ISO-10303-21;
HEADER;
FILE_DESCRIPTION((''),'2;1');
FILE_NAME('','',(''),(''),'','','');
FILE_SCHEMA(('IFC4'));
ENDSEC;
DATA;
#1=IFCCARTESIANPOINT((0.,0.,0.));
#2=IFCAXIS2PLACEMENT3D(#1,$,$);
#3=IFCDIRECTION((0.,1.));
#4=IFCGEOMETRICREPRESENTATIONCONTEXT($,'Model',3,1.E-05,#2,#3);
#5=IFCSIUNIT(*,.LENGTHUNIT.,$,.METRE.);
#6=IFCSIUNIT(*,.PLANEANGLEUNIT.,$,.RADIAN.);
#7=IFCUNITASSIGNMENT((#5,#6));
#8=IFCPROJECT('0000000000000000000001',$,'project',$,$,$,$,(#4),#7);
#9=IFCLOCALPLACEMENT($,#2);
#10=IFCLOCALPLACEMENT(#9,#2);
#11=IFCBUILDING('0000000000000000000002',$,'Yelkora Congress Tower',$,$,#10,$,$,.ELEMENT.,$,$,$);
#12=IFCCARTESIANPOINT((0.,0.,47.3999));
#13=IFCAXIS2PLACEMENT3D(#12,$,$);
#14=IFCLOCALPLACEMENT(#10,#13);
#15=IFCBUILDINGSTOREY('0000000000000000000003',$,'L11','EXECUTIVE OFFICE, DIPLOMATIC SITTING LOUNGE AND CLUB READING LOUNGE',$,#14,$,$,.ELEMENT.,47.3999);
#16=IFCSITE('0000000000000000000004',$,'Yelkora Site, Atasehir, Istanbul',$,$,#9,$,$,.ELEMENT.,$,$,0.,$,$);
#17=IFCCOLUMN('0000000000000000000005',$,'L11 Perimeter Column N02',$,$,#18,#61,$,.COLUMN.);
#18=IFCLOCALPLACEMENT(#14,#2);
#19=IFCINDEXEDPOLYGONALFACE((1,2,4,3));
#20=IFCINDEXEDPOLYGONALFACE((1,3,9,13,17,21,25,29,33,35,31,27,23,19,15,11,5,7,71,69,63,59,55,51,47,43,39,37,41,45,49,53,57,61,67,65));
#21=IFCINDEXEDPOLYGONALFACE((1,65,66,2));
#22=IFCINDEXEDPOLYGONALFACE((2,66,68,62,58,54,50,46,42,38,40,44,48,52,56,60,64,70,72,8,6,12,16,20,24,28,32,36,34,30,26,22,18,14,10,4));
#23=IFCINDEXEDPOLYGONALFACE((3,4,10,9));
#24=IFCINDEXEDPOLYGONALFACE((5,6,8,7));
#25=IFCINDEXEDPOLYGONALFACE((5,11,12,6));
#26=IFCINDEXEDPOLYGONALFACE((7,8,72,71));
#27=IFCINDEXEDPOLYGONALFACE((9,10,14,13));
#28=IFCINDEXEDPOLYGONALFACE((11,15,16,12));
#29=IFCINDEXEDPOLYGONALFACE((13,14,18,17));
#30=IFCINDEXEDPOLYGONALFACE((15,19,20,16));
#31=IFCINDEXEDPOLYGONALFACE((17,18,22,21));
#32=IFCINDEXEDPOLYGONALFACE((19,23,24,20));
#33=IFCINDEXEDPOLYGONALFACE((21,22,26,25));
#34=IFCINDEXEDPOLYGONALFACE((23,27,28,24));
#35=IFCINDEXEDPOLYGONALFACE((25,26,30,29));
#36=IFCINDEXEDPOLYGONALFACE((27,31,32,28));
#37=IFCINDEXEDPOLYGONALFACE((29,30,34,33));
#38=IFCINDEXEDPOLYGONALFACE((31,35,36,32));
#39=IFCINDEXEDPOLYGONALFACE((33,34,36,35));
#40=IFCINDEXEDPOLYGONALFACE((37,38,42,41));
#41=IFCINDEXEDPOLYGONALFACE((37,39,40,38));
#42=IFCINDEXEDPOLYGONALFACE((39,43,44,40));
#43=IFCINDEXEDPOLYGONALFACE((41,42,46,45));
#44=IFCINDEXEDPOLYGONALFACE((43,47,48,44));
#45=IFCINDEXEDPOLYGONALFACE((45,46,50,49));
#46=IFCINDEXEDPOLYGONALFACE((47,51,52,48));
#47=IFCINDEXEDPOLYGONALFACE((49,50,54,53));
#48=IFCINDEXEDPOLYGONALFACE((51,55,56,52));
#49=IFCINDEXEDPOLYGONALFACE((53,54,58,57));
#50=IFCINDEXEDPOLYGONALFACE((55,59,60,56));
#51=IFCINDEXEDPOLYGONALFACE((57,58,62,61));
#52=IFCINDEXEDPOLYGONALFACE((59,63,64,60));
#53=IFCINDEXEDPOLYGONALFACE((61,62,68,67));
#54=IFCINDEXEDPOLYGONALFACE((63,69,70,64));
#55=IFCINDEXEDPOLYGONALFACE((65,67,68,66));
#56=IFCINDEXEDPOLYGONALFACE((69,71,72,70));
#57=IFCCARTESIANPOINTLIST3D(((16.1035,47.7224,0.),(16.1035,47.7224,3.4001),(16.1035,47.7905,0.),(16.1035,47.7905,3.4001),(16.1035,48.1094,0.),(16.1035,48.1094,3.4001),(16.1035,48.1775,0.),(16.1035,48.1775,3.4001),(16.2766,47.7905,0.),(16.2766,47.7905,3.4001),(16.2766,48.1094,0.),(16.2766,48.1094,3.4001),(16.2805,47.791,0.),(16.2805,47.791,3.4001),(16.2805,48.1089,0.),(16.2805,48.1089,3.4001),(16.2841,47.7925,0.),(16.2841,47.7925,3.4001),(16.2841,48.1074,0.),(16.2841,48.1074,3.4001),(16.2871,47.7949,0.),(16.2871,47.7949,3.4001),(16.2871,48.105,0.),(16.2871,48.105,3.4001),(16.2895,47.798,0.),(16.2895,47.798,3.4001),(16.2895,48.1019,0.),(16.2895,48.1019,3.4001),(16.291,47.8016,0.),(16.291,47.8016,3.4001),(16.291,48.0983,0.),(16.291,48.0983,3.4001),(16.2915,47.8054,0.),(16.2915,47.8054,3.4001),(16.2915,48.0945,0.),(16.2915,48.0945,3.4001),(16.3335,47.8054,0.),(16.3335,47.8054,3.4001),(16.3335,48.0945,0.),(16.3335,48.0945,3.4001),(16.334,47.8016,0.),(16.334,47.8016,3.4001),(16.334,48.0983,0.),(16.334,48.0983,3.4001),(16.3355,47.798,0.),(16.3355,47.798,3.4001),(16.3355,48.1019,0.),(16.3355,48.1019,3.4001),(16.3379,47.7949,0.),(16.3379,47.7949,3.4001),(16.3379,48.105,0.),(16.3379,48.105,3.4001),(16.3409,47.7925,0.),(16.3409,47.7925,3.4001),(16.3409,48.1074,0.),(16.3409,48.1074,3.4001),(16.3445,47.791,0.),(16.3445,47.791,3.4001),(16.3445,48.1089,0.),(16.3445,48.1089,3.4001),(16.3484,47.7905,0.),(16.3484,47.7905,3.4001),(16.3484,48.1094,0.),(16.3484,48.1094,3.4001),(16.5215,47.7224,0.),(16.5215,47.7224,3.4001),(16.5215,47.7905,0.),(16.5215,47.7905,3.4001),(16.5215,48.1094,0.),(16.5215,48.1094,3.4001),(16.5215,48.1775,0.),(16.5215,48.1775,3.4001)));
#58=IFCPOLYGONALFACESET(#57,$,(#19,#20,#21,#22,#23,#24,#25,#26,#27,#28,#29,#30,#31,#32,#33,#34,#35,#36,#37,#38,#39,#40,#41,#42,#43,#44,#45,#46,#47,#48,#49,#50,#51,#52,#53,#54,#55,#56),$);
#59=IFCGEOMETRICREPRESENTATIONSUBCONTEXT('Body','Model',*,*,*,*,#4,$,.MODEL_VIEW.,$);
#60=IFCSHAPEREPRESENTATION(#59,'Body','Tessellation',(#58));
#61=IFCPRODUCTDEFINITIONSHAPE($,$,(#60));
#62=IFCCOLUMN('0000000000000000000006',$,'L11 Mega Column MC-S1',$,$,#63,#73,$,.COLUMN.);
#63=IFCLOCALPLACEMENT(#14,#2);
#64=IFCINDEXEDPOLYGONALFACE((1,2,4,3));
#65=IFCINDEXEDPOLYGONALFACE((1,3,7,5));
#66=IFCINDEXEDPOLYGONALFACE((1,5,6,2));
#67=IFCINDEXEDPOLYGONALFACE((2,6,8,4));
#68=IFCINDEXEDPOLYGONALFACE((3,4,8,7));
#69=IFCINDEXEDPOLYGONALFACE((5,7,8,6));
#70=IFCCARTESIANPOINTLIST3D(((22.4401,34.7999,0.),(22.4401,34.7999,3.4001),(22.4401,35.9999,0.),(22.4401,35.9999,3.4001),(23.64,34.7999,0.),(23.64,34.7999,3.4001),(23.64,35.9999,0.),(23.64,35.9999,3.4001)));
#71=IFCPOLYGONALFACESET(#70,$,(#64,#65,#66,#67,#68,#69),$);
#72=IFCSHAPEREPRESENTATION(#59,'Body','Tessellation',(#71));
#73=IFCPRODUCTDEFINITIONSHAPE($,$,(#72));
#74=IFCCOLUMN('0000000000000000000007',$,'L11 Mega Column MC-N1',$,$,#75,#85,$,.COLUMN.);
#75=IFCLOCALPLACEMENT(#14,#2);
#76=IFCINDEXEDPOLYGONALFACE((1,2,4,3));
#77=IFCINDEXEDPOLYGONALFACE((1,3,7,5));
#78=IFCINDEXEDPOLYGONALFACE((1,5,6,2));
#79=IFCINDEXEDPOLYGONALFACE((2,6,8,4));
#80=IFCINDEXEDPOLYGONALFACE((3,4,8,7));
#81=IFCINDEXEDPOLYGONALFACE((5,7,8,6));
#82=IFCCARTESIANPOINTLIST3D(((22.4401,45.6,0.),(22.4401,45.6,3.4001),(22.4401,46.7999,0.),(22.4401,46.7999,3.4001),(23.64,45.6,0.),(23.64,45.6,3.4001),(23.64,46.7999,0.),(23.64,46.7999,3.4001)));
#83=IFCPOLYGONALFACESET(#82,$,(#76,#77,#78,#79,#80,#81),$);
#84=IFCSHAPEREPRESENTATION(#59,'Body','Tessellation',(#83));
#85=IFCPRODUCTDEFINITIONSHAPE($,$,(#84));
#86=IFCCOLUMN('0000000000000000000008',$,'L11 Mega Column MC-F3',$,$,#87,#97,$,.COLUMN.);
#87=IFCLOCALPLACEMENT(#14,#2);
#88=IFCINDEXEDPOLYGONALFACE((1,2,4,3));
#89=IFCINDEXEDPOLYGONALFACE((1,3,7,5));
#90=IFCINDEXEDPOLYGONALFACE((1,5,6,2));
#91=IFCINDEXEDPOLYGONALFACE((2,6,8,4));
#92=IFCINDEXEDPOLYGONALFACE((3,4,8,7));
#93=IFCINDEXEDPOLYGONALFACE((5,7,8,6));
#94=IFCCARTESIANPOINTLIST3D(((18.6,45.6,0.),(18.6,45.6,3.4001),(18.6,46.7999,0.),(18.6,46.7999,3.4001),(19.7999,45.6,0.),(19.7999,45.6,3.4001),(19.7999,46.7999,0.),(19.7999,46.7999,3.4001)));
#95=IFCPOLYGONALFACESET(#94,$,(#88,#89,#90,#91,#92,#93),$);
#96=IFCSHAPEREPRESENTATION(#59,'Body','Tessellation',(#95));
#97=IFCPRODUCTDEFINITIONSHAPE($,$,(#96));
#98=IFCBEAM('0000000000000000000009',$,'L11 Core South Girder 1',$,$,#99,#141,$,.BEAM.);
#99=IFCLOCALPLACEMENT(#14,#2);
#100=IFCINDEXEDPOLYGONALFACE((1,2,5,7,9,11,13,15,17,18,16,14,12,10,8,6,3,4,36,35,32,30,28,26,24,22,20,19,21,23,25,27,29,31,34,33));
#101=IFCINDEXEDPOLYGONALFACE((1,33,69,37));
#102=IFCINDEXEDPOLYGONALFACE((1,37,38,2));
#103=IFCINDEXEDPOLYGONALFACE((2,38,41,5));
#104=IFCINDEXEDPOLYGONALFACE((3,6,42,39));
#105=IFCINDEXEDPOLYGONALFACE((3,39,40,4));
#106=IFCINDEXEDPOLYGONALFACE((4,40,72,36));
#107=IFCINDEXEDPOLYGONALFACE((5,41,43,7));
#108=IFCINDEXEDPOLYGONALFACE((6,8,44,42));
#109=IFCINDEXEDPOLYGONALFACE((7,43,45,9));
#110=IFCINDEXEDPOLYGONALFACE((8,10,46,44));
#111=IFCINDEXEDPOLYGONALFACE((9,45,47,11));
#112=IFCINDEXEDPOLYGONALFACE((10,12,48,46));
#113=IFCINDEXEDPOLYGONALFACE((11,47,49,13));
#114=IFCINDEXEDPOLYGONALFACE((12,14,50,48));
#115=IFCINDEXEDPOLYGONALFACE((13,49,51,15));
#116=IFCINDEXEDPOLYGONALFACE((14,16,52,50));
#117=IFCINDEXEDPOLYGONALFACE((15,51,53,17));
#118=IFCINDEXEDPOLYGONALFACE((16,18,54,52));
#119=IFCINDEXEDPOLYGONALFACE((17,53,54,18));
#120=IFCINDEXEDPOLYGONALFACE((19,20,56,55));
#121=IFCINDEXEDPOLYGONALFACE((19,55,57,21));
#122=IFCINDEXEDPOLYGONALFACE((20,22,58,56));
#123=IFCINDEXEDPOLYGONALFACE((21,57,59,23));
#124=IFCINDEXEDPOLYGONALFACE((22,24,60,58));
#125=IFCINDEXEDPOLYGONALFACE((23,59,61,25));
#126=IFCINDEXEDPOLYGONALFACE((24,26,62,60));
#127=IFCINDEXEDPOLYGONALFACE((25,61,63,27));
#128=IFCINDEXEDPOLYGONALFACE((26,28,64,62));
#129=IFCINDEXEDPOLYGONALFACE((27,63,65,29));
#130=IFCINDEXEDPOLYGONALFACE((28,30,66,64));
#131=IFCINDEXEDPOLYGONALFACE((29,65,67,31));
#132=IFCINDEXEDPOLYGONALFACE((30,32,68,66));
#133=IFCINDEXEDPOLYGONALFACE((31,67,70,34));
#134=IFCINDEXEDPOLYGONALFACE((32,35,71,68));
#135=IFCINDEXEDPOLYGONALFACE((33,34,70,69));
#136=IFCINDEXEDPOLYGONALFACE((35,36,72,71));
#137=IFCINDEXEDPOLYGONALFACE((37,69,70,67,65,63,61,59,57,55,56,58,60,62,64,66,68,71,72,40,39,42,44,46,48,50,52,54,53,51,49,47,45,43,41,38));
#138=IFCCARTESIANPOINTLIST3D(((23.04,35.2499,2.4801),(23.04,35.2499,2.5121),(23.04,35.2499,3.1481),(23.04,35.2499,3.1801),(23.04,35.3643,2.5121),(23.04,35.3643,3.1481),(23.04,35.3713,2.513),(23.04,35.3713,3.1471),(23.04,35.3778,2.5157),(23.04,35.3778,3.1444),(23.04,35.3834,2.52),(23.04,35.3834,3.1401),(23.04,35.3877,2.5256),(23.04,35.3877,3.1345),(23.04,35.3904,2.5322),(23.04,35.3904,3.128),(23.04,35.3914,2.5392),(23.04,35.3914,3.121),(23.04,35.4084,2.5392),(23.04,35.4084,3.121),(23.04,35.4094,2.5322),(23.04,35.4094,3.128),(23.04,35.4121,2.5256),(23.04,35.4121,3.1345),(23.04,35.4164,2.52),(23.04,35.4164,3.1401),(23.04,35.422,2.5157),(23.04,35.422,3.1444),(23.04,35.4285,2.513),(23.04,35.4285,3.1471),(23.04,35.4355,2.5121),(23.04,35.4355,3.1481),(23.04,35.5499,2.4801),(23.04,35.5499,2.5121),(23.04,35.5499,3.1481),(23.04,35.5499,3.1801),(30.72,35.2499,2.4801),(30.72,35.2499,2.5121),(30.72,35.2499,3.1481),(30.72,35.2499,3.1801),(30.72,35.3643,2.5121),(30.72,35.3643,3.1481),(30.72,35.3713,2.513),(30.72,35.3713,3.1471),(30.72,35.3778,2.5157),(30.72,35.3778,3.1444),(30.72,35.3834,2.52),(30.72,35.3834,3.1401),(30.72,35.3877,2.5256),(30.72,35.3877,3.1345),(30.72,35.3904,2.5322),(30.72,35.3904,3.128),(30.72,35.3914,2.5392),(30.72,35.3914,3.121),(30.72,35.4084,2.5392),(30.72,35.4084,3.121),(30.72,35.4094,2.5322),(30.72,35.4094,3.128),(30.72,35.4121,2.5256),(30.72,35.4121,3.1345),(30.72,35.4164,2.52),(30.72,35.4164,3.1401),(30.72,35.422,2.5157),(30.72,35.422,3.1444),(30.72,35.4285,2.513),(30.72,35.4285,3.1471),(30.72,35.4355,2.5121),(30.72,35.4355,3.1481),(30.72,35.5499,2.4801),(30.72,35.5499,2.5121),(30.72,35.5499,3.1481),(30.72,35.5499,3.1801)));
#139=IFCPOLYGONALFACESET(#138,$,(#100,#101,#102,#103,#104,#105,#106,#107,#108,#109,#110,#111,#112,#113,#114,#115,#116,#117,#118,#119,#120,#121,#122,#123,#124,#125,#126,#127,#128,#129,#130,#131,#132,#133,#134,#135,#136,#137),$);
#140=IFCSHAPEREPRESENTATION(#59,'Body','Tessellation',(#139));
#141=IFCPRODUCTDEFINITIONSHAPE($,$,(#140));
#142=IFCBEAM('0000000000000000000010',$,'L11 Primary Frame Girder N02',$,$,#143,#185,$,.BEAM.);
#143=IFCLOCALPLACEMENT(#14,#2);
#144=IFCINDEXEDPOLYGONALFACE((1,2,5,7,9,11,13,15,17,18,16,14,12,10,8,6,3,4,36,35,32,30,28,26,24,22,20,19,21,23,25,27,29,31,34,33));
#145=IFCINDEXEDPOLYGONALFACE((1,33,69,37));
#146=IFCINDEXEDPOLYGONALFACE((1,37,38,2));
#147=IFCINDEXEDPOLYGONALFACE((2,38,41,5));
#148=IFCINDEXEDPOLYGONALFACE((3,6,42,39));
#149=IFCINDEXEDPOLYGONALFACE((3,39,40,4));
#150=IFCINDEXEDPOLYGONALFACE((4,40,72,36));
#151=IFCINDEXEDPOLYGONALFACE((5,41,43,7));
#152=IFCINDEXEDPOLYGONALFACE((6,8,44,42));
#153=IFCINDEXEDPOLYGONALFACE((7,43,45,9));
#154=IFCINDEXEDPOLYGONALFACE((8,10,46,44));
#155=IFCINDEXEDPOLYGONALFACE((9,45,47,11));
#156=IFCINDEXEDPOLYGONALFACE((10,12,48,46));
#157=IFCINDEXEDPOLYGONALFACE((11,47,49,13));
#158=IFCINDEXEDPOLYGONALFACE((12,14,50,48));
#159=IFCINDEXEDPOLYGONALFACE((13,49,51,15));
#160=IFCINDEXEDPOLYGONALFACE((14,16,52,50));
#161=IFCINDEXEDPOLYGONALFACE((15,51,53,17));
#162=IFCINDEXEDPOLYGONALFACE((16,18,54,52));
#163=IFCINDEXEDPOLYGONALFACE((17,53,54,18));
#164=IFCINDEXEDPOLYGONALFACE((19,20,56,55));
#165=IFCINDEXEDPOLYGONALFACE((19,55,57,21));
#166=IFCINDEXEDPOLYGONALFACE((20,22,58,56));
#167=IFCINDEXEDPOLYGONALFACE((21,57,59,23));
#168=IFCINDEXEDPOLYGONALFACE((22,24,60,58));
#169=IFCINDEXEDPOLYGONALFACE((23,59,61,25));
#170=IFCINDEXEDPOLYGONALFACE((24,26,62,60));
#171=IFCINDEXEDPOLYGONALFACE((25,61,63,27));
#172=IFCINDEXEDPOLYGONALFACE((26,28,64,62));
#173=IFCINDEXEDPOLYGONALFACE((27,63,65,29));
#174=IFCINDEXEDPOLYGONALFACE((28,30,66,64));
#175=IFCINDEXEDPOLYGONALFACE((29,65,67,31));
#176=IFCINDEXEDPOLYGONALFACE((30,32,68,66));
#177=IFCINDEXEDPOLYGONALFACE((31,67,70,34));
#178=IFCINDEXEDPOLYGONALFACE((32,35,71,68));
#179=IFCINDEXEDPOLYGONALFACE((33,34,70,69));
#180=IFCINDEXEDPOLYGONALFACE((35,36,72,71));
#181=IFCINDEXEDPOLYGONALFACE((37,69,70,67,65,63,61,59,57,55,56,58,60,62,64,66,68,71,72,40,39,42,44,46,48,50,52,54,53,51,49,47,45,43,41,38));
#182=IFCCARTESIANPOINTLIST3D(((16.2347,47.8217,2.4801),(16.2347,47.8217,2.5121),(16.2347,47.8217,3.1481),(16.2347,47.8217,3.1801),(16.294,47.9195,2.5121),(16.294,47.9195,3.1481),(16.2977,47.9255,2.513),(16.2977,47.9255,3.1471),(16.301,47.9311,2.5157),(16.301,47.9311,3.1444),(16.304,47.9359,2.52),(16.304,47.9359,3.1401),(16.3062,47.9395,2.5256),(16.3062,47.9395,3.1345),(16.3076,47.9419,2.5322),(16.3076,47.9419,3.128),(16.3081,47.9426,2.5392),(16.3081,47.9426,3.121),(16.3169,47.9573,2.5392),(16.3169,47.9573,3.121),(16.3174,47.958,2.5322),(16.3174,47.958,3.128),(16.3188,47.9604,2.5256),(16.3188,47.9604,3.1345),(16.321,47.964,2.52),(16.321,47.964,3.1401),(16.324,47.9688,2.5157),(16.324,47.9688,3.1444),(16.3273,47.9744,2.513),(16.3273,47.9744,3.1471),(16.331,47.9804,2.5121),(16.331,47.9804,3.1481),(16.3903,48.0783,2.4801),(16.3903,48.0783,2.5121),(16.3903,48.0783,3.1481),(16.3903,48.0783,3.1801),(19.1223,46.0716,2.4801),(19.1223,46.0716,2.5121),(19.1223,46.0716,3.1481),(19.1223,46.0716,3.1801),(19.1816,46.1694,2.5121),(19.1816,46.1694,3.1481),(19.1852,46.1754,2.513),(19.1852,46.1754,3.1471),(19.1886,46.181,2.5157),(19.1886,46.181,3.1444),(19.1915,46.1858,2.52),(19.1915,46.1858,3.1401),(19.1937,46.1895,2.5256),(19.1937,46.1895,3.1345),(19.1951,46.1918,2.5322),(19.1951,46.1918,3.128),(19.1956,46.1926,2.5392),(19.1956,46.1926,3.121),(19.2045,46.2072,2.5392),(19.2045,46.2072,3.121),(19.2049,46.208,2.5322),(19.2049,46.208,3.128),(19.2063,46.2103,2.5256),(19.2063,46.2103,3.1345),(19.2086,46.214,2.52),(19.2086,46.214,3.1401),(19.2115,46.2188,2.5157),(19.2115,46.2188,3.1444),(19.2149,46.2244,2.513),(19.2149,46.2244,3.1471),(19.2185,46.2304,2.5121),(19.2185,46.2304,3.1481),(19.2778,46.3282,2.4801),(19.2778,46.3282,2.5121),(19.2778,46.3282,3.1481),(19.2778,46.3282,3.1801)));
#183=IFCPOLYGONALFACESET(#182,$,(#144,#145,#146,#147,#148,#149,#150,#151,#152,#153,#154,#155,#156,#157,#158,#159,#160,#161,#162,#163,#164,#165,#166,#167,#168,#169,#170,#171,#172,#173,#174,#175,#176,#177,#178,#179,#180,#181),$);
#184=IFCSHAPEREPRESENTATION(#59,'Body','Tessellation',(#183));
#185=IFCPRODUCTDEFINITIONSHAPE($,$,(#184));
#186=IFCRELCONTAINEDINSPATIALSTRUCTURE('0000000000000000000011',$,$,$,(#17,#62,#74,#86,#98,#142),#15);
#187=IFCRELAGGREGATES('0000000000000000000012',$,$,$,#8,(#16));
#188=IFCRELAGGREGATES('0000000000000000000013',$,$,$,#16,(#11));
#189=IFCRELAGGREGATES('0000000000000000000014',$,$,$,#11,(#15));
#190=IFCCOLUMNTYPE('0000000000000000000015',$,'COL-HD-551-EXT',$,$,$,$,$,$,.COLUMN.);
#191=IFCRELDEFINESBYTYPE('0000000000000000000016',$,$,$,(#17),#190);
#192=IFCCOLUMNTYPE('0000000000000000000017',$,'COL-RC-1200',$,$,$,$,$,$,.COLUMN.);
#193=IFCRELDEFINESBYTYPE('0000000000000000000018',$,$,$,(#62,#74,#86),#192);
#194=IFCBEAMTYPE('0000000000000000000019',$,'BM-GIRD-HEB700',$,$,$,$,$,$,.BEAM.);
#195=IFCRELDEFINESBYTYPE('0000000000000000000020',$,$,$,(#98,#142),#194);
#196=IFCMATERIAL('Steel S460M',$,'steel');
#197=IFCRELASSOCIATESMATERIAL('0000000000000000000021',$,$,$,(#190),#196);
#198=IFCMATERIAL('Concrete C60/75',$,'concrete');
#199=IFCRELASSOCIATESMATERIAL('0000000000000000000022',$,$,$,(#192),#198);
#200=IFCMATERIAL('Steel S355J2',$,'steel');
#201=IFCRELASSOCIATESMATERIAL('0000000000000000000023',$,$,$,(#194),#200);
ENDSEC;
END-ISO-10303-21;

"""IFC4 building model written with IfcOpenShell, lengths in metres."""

from ifc_helpers import new_model, si_unit, direction, frame, origin, origin_2d, place, context, subcontext, project, spatial, rectangle, i_section, extrude, material, material_profile, profile_set, type_object, element, save


model = new_model("IFC4")

# Units and contexts
model_context = context("Model", 3, precision=1e-05, world=origin(), true_north=direction((0.0, 1.0)))
body_context = subcontext(model_context, "Body", "Model", "MODEL_VIEW")
ifc_project = project(units=[si_unit("LENGTHUNIT", "METRE"), si_unit("PLANEANGLEUNIT", "RADIAN")], contexts=[model_context])

# Site, building, storey
site_placement = place(None, origin())
site = spatial("IfcSite", under=ifc_project, at=site_placement, Name="Yelkora Site, Atasehir, Istanbul", CompositionType="ELEMENT", RefElevation=0.0)
building_placement = place(site_placement, origin())
building = spatial("IfcBuilding", under=site, at=building_placement, Name="Yelkora Congress Tower", CompositionType="ELEMENT")
storey_placement = place(building_placement, frame((0.0, 0.0, 47.3999)))
storey = spatial("IfcBuildingStorey", under=building, at=storey_placement, Name="L11", Description="EXECUTIVE OFFICE, DIPLOMATIC SITTING LOUNGE AND CLUB READING LOUNGE", CompositionType="ELEMENT", Elevation=47.3999)

# Columns
ifc_material_1 = material(Name="Steel S460M", Category="steel")
ifc_material_profile_1 = material_profile(ifc_material_1, i_section(OverallWidth=0.418, OverallDepth=0.4551, WebThickness=0.042, FlangeThickness=0.0681, FilletRadius=0.0149, at=origin_2d()), Name="HD 400x551")
ifc_profile_set_1 = profile_set([ifc_material_profile_1], Name="Steel S460M")
column_type_1 = type_object("IfcColumnType", Name="COL-HD-551-EXT", PredefinedType="COLUMN", material=ifc_profile_set_1)
column_placement = place(storey_placement, frame((16.3125, 47.95, 0.0), z_axis=(0.0, 0.0, 1.0), x_axis=(1.0, 0.0, 0.0)))
element("IfcColumn", 1, at=column_placement, inside=storey, type_object=column_type_1, Name="L11 Perimeter Column N02", PredefinedType="COLUMN", context=body_context, shape_type="SweptSolid", body=[
    extrude(i_section(OverallWidth=0.418, OverallDepth=0.4551, WebThickness=0.042, FlangeThickness=0.0681, FilletRadius=0.0149, at=origin_2d()), origin(), (0.0, 0.0, 1.0), 3.4001),
])
ifc_material_2 = material(Name="Concrete C60/75", Category="concrete")
ifc_material_profile_2 = material_profile(ifc_material_2, rectangle(XDim=1.2, YDim=1.2, at=origin_2d()), Name="RC 1200x1200")
ifc_profile_set_2 = profile_set([ifc_material_profile_2], Name="Concrete C60/75")
column_type_2 = type_object("IfcColumnType", Name="COL-RC-1200", PredefinedType="COLUMN", material=ifc_profile_set_2)
for number, where, z_axis, x_axis, name in (
    (2, (23.04, 35.3999, 0.0), (0.0, 0.0, 1.0), (1.0, 0.0, 0.0), "L11 Mega Column MC-S1"),
    (3, (23.04, 46.2, 0.0), (0.0, 0.0, 1.0), (1.0, 0.0, 0.0), "L11 Mega Column MC-N1"),
    (4, (19.2, 46.2, 0.0), (0.0, 0.0, 1.0), (1.0, 0.0, 0.0), "L11 Mega Column MC-F3"),
):
    element("IfcColumn", number, at=place(storey_placement, frame(where, z_axis=z_axis, x_axis=x_axis)), inside=storey, type_object=column_type_2, Name=name, PredefinedType="COLUMN", context=body_context, shape_type="SweptSolid", body=[
        extrude(rectangle(XDim=1.2, YDim=1.2, at=origin_2d()), origin(), (0.0, 0.0, 1.0), 3.4001),
    ])

# Beams
ifc_material_3 = material(Name="Steel S355J2", Category="steel")
ifc_material_profile_3 = material_profile(ifc_material_3, i_section(OverallWidth=0.3, OverallDepth=0.7, WebThickness=0.0171, FlangeThickness=0.032, FilletRadius=0.0271, at=origin_2d()), Name="HEB 700")
ifc_profile_set_3 = profile_set([ifc_material_profile_3], Name="Steel S355J2")
beam_type_1 = type_object("IfcBeamType", Name="BM-GIRD-HEB700", PredefinedType="BEAM", material=ifc_profile_set_3)
beam_1_placement = place(storey_placement, frame((23.04, 35.3999, 2.8301), z_axis=(1.0, 0.0, 0.0), x_axis=(0.0, 1.0, 0.0)))
element("IfcBeam", 5, at=beam_1_placement, inside=storey, type_object=beam_type_1, Name="L11 Core South Girder 1", PredefinedType="BEAM", context=body_context, shape_type="SweptSolid", body=[
    extrude(i_section(OverallWidth=0.3, OverallDepth=0.7, WebThickness=0.0171, FlangeThickness=0.032, FilletRadius=0.0271, at=origin_2d()), origin(), (0.0, 0.0, 1.0), 7.6799),
])
beam_2_placement = place(storey_placement, frame((16.3125, 47.95, 2.8301), z_axis=(0.855194, -0.518308, 0.0), x_axis=(0.518308, 0.855194, 0.0)))
element("IfcBeam", 6, at=beam_2_placement, inside=storey, type_object=beam_type_1, Name="L11 Primary Frame Girder N02", PredefinedType="BEAM", context=body_context, shape_type="SweptSolid", body=[
    extrude(i_section(OverallWidth=0.3, OverallDepth=0.7, WebThickness=0.0171, FlangeThickness=0.032, FilletRadius=0.0271, at=origin_2d()), origin(), (0.0, 0.0, 1.0), 3.3765),
])

save(model, "model.ifc")
